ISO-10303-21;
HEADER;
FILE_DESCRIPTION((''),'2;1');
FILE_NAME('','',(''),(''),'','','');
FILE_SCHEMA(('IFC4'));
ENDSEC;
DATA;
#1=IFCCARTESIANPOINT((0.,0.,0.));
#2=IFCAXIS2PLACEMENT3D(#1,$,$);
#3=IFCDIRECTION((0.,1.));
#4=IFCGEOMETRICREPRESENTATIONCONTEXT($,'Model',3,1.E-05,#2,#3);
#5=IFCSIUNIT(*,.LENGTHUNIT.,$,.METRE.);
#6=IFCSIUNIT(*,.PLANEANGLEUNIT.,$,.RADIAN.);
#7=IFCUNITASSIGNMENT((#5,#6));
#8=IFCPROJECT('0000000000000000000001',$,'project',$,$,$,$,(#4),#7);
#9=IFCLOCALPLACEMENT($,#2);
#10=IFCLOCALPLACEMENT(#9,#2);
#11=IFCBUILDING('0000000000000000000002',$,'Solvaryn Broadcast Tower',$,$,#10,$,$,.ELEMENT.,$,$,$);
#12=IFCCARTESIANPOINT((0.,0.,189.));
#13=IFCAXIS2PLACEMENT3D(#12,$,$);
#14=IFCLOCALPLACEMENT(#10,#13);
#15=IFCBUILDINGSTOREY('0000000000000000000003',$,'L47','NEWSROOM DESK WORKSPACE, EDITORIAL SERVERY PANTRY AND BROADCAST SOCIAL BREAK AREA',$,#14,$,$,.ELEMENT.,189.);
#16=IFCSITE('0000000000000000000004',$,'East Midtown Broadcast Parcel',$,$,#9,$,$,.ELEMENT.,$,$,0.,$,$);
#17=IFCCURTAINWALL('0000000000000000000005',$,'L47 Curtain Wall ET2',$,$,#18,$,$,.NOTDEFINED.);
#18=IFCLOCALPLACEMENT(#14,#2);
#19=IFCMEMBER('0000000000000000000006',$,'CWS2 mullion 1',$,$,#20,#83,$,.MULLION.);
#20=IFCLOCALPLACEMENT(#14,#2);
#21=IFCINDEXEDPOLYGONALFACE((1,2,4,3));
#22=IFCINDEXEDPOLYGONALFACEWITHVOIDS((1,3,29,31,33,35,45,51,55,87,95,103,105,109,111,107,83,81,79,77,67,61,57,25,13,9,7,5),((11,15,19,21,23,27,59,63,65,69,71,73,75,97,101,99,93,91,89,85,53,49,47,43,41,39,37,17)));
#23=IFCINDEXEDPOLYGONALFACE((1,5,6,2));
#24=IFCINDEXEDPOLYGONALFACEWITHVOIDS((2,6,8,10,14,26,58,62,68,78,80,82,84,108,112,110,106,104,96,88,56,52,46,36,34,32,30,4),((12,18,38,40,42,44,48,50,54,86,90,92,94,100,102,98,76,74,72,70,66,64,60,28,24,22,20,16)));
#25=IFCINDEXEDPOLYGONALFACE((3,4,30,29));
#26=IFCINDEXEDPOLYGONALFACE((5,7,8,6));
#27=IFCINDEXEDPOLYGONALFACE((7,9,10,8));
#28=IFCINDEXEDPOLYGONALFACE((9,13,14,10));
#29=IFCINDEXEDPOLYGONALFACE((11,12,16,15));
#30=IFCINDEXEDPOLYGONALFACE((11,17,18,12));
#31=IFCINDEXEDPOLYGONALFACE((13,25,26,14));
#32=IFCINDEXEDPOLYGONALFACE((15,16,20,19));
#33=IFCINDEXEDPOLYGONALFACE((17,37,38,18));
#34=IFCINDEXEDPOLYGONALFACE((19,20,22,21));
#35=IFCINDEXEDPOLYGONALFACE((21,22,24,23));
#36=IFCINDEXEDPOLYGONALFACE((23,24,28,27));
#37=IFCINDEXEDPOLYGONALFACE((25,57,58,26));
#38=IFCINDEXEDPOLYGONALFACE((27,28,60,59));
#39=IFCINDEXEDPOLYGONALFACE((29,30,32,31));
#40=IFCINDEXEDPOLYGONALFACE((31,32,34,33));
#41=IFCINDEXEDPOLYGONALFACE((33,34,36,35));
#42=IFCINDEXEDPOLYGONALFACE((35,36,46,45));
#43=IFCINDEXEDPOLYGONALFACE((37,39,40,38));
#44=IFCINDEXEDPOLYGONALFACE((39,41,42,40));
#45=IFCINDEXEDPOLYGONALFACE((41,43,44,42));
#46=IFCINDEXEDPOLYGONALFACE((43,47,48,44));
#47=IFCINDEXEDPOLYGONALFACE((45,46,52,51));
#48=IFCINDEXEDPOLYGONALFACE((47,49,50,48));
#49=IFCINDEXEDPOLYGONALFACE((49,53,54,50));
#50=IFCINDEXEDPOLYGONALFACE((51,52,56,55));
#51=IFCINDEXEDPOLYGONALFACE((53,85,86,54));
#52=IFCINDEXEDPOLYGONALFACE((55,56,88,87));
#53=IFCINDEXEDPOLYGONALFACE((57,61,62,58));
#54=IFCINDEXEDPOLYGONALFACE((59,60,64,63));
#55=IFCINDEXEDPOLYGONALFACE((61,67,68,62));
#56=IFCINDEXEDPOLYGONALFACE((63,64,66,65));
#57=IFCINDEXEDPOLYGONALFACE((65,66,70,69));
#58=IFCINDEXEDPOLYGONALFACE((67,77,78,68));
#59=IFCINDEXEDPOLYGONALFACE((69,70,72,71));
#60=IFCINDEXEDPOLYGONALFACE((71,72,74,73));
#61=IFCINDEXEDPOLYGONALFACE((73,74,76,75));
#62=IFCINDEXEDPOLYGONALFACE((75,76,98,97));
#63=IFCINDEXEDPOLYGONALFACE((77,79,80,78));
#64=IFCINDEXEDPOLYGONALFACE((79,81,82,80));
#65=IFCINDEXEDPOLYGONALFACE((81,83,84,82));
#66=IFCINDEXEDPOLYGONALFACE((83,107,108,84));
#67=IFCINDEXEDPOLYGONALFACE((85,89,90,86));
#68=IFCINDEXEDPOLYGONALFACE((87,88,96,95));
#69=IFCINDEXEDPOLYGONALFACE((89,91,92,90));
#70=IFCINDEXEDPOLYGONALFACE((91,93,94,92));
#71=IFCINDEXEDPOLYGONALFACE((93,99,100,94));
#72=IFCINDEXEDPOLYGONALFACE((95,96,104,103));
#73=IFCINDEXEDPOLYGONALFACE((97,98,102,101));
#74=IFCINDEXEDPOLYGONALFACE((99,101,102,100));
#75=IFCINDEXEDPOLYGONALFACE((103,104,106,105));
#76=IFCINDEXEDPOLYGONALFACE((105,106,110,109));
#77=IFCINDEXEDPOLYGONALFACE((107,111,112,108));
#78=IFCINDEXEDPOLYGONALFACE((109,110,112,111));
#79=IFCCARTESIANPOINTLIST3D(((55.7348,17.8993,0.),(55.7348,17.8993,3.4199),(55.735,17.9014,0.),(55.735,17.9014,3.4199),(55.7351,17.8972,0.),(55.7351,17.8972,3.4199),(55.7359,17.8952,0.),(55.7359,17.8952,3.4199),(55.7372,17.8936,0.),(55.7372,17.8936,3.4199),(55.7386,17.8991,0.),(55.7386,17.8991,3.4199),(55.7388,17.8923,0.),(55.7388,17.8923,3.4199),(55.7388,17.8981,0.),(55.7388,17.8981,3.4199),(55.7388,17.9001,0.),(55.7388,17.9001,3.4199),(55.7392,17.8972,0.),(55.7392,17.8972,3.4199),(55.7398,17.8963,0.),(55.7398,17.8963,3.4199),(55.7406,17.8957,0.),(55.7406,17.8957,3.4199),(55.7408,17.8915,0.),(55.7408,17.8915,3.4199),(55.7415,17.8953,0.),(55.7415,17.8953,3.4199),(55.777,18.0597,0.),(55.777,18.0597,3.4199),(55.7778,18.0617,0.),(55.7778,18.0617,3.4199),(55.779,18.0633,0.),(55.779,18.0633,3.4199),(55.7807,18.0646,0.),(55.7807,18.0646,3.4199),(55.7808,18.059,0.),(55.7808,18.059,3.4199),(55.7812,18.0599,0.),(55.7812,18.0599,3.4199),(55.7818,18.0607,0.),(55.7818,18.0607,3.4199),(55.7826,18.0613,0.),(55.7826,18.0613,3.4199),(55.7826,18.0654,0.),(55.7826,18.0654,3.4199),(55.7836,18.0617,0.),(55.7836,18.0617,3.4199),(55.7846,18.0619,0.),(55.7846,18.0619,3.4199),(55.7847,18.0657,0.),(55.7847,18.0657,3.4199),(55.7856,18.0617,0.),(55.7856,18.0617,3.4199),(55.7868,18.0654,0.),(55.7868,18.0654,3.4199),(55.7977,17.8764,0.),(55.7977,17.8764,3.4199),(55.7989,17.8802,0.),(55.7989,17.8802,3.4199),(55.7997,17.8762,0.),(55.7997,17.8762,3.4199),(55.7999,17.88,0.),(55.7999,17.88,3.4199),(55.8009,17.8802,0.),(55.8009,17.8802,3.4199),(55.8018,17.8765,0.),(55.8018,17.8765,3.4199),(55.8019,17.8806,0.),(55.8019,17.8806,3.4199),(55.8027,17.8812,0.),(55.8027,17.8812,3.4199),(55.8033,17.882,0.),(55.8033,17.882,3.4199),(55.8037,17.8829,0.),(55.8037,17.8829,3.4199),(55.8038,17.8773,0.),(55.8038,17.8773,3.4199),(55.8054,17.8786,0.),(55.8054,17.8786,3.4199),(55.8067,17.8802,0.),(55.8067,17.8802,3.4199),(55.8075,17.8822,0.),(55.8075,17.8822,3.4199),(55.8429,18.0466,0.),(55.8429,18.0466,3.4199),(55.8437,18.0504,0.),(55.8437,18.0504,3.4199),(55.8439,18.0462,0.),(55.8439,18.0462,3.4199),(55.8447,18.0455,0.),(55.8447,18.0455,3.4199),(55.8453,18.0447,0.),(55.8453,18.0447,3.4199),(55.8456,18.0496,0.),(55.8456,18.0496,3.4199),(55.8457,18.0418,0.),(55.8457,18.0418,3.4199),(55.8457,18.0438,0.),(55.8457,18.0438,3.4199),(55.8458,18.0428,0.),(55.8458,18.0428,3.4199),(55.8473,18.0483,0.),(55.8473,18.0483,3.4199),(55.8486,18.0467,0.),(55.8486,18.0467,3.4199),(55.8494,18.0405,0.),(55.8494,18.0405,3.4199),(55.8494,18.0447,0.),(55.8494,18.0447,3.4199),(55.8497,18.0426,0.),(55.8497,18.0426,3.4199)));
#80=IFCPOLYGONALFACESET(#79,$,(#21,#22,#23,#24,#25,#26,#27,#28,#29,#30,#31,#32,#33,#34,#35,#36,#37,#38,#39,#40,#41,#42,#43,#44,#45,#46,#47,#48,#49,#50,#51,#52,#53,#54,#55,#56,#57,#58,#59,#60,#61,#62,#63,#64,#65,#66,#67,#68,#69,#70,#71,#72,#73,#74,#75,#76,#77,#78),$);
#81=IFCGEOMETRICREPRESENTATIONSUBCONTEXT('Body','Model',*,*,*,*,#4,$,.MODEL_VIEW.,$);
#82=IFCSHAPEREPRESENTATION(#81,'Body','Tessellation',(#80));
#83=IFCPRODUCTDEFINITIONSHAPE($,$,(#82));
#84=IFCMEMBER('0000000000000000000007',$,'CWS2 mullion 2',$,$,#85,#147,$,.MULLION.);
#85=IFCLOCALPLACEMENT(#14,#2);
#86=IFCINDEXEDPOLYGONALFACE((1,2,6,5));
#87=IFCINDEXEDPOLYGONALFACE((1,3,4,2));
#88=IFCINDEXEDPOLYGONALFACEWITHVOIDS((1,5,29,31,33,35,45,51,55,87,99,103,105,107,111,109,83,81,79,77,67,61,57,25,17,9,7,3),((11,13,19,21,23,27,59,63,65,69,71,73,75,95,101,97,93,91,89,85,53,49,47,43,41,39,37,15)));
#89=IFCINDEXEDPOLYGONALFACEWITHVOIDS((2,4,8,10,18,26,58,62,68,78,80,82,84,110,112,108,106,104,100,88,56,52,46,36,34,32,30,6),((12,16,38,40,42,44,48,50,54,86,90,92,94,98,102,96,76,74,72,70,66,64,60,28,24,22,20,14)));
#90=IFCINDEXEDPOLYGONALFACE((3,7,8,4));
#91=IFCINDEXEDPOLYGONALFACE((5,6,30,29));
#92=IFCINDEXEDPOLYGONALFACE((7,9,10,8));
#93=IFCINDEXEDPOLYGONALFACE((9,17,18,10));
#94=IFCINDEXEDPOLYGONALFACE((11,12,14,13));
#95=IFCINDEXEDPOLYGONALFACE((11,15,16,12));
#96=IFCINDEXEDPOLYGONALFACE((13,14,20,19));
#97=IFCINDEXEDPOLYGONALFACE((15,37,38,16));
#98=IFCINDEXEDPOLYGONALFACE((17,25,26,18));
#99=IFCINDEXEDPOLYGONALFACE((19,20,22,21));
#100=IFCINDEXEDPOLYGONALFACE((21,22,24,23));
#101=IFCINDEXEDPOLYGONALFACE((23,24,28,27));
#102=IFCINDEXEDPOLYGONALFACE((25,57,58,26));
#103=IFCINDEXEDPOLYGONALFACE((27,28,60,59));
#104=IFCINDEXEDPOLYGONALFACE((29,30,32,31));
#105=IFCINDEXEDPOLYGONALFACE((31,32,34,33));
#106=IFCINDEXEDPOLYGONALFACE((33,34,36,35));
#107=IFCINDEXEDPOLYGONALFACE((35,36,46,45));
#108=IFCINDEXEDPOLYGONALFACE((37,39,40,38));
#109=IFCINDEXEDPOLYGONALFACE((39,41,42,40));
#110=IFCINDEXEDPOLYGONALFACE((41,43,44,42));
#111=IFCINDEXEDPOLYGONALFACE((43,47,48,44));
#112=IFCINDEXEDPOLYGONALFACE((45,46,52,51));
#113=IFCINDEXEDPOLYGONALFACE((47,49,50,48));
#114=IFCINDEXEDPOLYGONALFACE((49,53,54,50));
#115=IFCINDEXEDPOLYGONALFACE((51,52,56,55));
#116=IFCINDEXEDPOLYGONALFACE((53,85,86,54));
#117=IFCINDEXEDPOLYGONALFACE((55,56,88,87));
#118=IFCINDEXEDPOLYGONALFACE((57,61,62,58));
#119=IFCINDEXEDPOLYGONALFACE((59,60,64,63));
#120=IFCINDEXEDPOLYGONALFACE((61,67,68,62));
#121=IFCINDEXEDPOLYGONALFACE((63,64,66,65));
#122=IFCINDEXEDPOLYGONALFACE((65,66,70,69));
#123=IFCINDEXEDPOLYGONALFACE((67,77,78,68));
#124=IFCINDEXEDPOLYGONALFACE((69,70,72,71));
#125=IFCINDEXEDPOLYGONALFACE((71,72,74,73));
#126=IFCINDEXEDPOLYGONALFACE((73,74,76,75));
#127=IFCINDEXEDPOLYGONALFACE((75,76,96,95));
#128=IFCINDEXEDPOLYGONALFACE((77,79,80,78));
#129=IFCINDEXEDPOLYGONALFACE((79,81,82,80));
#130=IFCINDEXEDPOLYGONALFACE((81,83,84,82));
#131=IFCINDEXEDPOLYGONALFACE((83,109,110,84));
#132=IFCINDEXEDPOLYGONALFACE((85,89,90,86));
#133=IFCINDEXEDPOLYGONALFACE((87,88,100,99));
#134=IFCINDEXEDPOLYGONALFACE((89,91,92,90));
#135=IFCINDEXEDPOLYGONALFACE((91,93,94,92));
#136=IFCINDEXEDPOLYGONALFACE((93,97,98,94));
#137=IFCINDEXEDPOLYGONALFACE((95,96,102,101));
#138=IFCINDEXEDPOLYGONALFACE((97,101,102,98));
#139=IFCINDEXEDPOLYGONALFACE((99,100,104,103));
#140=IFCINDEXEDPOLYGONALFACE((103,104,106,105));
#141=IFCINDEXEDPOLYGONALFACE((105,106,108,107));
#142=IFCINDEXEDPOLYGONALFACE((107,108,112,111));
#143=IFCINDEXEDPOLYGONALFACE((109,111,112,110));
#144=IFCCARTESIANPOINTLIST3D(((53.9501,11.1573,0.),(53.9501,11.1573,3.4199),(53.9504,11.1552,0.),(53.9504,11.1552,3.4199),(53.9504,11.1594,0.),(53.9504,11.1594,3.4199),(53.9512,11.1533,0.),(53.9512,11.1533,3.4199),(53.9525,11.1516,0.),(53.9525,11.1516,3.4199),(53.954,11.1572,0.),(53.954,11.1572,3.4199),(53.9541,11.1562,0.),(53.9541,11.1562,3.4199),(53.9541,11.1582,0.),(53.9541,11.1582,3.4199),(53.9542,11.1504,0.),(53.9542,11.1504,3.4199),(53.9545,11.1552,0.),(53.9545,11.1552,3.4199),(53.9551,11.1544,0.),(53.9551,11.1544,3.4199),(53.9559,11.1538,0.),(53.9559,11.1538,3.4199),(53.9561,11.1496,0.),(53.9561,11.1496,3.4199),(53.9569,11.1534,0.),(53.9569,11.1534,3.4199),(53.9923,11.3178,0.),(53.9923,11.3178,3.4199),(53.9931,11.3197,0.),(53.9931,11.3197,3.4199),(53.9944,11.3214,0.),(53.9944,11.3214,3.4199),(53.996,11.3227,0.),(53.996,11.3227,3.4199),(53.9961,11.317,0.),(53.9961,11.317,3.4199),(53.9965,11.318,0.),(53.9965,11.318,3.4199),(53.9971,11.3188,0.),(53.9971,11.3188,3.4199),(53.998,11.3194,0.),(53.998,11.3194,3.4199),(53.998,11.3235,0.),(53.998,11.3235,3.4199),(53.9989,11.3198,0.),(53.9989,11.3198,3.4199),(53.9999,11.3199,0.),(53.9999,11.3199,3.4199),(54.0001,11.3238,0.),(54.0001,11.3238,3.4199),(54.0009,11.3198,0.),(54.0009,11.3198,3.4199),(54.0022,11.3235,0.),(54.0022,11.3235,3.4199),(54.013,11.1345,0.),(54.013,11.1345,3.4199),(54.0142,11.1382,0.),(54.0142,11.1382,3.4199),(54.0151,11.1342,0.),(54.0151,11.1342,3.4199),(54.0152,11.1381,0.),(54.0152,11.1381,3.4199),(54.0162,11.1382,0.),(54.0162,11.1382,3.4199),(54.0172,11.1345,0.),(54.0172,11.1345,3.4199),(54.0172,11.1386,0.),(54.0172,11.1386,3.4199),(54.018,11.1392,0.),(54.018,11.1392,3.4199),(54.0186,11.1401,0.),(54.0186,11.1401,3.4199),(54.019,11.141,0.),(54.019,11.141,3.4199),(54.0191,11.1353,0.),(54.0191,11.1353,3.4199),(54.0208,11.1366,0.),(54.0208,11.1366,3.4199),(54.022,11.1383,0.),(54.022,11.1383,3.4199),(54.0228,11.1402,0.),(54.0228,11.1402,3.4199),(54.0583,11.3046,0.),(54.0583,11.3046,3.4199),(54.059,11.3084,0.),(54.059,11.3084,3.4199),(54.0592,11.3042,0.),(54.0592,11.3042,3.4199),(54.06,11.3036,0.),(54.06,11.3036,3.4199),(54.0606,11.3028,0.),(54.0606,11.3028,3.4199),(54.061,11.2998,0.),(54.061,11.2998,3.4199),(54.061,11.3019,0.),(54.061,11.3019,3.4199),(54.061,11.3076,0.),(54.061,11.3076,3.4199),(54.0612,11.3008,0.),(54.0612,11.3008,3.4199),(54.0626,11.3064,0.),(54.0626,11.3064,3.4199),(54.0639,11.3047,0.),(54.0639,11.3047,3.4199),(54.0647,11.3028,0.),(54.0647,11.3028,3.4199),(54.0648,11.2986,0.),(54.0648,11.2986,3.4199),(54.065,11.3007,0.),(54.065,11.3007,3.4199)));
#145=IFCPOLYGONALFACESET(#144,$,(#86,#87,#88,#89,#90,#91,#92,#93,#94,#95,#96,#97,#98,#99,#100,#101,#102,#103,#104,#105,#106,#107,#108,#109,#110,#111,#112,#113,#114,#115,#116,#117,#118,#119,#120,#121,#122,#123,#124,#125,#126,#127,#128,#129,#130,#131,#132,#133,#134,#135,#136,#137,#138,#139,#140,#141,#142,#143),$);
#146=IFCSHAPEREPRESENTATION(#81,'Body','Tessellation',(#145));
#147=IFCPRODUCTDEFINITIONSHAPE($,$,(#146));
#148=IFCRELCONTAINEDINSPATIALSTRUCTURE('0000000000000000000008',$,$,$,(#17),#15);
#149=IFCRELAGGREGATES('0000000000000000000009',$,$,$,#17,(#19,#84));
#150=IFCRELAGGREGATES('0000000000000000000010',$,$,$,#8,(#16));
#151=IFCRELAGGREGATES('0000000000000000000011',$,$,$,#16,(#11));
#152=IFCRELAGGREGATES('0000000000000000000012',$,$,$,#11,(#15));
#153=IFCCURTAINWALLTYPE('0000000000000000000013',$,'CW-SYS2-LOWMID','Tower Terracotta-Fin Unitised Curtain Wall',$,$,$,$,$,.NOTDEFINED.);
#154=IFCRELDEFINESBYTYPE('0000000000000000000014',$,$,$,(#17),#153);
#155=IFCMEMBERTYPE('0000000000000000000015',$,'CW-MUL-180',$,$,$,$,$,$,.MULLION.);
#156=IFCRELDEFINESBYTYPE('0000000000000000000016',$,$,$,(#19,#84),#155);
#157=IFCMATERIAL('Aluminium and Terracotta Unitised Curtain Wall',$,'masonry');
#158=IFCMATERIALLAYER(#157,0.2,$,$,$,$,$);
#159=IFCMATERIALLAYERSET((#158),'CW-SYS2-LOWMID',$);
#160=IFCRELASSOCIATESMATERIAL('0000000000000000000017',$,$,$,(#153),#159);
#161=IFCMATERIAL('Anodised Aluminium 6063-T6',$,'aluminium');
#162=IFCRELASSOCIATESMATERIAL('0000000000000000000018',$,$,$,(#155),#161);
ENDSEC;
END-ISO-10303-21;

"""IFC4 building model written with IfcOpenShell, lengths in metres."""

from ifc_helpers import new_model, si_unit, direction, frame, origin, origin_2d, place, context, subcontext, project, spatial, hollow_rectangle, extrude, material, layer, layer_set, material_profile, profile_set, type_object, element, aggregate, save


model = new_model("IFC4")

# Units and contexts
model_context = context("Model", 3, precision=1e-05, world=origin(), true_north=direction((0.0, 1.0)))
body_context = subcontext(model_context, "Body", "Model", "MODEL_VIEW")
ifc_project = project(units=[si_unit("LENGTHUNIT", "METRE"), si_unit("PLANEANGLEUNIT", "RADIAN")], contexts=[model_context])

# Site, building, storey
site_placement = place(None, origin())
site = spatial("IfcSite", under=ifc_project, at=site_placement, Name="East Midtown Broadcast Parcel", CompositionType="ELEMENT", RefElevation=0.0)
building_placement = place(site_placement, origin())
building = spatial("IfcBuilding", under=site, at=building_placement, Name="Solvaryn Broadcast Tower", CompositionType="ELEMENT")
storey_placement = place(building_placement, frame((0.0, 0.0, 189.0)))
storey = spatial("IfcBuildingStorey", under=building, at=storey_placement, Name="L47", Description="NEWSROOM DESK WORKSPACE, EDITORIAL SERVERY PANTRY AND BROADCAST SOCIAL BREAK AREA", CompositionType="ELEMENT", Elevation=189.0)

# Shared definitions
ifc_material_1 = material(Name="Aluminium and Terracotta Unitised Curtain Wall", Category="masonry")
ifc_layer_1 = layer(ifc_material_1, 0.2)
ifc_layer_set_1 = layer_set([ifc_layer_1], Name="CW-SYS2-LOWMID")
curtain_wall_type = type_object("IfcCurtainWallType", Name="CW-SYS2-LOWMID", Description="Tower Terracotta-Fin Unitised Curtain Wall", PredefinedType="NOTDEFINED", material=ifc_layer_set_1)
ifc_material_2 = material(Name="Anodised Aluminium 6063-T6", Category="aluminium")
ifc_material_profile_1 = material_profile(ifc_material_2, hollow_rectangle(XDim=0.075, YDim=0.1799, WallThickness=0.0039, InnerFilletRadius=0.0039, OuterFilletRadius=0.0081, at=origin_2d()))
ifc_profile_set_1 = profile_set([ifc_material_profile_1], Name="Anodised Aluminium 6063-T6")
member_type_1 = type_object("IfcMemberType", Name="CW-MUL-180", PredefinedType="MULLION", material=ifc_profile_set_1)

# Curtain wall, members
curtain_wall_1_placement = place(storey_placement, origin())
curtain_wall_1 = element("IfcCurtainWall", 1, at=curtain_wall_1_placement, inside=storey, type_object=curtain_wall_type, Name="L47 Curtain Wall ET2", PredefinedType="NOTDEFINED")
member_1_placement = place(storey_placement, frame((55.7922, 17.9709, 0.0), z_axis=(0.0, 0.0, 1.0), x_axis=(0.966705, -0.255893, 0.0)))
member_1 = element("IfcMember", 2, at=member_1_placement, type_object=member_type_1, Name="CWS2 mullion 1", PredefinedType="MULLION", context=body_context, shape_type="SweptSolid", body=[
    extrude(hollow_rectangle(XDim=0.075, YDim=0.1799, WallThickness=0.0039, InnerFilletRadius=0.0039, OuterFilletRadius=0.0081, at=origin_2d()), origin(), (0.0, 0.0, 1.0), 3.4199),
])
member_2_placement = place(storey_placement, frame((54.0076, 11.229, 0.0), z_axis=(0.0, 0.0, 1.0), x_axis=(0.966705, -0.255893, 0.0)))
member_2 = element("IfcMember", 3, at=member_2_placement, type_object=member_type_1, Name="CWS2 mullion 2", PredefinedType="MULLION", context=body_context, shape_type="SweptSolid", body=[
    extrude(hollow_rectangle(XDim=0.075, YDim=0.1799, WallThickness=0.0039, InnerFilletRadius=0.0039, OuterFilletRadius=0.0081, at=origin_2d()), origin(), (0.0, 0.0, 1.0), 3.4199),
])

aggregate(curtain_wall_1, [member_1, member_2])

save(model, "model.ifc")
